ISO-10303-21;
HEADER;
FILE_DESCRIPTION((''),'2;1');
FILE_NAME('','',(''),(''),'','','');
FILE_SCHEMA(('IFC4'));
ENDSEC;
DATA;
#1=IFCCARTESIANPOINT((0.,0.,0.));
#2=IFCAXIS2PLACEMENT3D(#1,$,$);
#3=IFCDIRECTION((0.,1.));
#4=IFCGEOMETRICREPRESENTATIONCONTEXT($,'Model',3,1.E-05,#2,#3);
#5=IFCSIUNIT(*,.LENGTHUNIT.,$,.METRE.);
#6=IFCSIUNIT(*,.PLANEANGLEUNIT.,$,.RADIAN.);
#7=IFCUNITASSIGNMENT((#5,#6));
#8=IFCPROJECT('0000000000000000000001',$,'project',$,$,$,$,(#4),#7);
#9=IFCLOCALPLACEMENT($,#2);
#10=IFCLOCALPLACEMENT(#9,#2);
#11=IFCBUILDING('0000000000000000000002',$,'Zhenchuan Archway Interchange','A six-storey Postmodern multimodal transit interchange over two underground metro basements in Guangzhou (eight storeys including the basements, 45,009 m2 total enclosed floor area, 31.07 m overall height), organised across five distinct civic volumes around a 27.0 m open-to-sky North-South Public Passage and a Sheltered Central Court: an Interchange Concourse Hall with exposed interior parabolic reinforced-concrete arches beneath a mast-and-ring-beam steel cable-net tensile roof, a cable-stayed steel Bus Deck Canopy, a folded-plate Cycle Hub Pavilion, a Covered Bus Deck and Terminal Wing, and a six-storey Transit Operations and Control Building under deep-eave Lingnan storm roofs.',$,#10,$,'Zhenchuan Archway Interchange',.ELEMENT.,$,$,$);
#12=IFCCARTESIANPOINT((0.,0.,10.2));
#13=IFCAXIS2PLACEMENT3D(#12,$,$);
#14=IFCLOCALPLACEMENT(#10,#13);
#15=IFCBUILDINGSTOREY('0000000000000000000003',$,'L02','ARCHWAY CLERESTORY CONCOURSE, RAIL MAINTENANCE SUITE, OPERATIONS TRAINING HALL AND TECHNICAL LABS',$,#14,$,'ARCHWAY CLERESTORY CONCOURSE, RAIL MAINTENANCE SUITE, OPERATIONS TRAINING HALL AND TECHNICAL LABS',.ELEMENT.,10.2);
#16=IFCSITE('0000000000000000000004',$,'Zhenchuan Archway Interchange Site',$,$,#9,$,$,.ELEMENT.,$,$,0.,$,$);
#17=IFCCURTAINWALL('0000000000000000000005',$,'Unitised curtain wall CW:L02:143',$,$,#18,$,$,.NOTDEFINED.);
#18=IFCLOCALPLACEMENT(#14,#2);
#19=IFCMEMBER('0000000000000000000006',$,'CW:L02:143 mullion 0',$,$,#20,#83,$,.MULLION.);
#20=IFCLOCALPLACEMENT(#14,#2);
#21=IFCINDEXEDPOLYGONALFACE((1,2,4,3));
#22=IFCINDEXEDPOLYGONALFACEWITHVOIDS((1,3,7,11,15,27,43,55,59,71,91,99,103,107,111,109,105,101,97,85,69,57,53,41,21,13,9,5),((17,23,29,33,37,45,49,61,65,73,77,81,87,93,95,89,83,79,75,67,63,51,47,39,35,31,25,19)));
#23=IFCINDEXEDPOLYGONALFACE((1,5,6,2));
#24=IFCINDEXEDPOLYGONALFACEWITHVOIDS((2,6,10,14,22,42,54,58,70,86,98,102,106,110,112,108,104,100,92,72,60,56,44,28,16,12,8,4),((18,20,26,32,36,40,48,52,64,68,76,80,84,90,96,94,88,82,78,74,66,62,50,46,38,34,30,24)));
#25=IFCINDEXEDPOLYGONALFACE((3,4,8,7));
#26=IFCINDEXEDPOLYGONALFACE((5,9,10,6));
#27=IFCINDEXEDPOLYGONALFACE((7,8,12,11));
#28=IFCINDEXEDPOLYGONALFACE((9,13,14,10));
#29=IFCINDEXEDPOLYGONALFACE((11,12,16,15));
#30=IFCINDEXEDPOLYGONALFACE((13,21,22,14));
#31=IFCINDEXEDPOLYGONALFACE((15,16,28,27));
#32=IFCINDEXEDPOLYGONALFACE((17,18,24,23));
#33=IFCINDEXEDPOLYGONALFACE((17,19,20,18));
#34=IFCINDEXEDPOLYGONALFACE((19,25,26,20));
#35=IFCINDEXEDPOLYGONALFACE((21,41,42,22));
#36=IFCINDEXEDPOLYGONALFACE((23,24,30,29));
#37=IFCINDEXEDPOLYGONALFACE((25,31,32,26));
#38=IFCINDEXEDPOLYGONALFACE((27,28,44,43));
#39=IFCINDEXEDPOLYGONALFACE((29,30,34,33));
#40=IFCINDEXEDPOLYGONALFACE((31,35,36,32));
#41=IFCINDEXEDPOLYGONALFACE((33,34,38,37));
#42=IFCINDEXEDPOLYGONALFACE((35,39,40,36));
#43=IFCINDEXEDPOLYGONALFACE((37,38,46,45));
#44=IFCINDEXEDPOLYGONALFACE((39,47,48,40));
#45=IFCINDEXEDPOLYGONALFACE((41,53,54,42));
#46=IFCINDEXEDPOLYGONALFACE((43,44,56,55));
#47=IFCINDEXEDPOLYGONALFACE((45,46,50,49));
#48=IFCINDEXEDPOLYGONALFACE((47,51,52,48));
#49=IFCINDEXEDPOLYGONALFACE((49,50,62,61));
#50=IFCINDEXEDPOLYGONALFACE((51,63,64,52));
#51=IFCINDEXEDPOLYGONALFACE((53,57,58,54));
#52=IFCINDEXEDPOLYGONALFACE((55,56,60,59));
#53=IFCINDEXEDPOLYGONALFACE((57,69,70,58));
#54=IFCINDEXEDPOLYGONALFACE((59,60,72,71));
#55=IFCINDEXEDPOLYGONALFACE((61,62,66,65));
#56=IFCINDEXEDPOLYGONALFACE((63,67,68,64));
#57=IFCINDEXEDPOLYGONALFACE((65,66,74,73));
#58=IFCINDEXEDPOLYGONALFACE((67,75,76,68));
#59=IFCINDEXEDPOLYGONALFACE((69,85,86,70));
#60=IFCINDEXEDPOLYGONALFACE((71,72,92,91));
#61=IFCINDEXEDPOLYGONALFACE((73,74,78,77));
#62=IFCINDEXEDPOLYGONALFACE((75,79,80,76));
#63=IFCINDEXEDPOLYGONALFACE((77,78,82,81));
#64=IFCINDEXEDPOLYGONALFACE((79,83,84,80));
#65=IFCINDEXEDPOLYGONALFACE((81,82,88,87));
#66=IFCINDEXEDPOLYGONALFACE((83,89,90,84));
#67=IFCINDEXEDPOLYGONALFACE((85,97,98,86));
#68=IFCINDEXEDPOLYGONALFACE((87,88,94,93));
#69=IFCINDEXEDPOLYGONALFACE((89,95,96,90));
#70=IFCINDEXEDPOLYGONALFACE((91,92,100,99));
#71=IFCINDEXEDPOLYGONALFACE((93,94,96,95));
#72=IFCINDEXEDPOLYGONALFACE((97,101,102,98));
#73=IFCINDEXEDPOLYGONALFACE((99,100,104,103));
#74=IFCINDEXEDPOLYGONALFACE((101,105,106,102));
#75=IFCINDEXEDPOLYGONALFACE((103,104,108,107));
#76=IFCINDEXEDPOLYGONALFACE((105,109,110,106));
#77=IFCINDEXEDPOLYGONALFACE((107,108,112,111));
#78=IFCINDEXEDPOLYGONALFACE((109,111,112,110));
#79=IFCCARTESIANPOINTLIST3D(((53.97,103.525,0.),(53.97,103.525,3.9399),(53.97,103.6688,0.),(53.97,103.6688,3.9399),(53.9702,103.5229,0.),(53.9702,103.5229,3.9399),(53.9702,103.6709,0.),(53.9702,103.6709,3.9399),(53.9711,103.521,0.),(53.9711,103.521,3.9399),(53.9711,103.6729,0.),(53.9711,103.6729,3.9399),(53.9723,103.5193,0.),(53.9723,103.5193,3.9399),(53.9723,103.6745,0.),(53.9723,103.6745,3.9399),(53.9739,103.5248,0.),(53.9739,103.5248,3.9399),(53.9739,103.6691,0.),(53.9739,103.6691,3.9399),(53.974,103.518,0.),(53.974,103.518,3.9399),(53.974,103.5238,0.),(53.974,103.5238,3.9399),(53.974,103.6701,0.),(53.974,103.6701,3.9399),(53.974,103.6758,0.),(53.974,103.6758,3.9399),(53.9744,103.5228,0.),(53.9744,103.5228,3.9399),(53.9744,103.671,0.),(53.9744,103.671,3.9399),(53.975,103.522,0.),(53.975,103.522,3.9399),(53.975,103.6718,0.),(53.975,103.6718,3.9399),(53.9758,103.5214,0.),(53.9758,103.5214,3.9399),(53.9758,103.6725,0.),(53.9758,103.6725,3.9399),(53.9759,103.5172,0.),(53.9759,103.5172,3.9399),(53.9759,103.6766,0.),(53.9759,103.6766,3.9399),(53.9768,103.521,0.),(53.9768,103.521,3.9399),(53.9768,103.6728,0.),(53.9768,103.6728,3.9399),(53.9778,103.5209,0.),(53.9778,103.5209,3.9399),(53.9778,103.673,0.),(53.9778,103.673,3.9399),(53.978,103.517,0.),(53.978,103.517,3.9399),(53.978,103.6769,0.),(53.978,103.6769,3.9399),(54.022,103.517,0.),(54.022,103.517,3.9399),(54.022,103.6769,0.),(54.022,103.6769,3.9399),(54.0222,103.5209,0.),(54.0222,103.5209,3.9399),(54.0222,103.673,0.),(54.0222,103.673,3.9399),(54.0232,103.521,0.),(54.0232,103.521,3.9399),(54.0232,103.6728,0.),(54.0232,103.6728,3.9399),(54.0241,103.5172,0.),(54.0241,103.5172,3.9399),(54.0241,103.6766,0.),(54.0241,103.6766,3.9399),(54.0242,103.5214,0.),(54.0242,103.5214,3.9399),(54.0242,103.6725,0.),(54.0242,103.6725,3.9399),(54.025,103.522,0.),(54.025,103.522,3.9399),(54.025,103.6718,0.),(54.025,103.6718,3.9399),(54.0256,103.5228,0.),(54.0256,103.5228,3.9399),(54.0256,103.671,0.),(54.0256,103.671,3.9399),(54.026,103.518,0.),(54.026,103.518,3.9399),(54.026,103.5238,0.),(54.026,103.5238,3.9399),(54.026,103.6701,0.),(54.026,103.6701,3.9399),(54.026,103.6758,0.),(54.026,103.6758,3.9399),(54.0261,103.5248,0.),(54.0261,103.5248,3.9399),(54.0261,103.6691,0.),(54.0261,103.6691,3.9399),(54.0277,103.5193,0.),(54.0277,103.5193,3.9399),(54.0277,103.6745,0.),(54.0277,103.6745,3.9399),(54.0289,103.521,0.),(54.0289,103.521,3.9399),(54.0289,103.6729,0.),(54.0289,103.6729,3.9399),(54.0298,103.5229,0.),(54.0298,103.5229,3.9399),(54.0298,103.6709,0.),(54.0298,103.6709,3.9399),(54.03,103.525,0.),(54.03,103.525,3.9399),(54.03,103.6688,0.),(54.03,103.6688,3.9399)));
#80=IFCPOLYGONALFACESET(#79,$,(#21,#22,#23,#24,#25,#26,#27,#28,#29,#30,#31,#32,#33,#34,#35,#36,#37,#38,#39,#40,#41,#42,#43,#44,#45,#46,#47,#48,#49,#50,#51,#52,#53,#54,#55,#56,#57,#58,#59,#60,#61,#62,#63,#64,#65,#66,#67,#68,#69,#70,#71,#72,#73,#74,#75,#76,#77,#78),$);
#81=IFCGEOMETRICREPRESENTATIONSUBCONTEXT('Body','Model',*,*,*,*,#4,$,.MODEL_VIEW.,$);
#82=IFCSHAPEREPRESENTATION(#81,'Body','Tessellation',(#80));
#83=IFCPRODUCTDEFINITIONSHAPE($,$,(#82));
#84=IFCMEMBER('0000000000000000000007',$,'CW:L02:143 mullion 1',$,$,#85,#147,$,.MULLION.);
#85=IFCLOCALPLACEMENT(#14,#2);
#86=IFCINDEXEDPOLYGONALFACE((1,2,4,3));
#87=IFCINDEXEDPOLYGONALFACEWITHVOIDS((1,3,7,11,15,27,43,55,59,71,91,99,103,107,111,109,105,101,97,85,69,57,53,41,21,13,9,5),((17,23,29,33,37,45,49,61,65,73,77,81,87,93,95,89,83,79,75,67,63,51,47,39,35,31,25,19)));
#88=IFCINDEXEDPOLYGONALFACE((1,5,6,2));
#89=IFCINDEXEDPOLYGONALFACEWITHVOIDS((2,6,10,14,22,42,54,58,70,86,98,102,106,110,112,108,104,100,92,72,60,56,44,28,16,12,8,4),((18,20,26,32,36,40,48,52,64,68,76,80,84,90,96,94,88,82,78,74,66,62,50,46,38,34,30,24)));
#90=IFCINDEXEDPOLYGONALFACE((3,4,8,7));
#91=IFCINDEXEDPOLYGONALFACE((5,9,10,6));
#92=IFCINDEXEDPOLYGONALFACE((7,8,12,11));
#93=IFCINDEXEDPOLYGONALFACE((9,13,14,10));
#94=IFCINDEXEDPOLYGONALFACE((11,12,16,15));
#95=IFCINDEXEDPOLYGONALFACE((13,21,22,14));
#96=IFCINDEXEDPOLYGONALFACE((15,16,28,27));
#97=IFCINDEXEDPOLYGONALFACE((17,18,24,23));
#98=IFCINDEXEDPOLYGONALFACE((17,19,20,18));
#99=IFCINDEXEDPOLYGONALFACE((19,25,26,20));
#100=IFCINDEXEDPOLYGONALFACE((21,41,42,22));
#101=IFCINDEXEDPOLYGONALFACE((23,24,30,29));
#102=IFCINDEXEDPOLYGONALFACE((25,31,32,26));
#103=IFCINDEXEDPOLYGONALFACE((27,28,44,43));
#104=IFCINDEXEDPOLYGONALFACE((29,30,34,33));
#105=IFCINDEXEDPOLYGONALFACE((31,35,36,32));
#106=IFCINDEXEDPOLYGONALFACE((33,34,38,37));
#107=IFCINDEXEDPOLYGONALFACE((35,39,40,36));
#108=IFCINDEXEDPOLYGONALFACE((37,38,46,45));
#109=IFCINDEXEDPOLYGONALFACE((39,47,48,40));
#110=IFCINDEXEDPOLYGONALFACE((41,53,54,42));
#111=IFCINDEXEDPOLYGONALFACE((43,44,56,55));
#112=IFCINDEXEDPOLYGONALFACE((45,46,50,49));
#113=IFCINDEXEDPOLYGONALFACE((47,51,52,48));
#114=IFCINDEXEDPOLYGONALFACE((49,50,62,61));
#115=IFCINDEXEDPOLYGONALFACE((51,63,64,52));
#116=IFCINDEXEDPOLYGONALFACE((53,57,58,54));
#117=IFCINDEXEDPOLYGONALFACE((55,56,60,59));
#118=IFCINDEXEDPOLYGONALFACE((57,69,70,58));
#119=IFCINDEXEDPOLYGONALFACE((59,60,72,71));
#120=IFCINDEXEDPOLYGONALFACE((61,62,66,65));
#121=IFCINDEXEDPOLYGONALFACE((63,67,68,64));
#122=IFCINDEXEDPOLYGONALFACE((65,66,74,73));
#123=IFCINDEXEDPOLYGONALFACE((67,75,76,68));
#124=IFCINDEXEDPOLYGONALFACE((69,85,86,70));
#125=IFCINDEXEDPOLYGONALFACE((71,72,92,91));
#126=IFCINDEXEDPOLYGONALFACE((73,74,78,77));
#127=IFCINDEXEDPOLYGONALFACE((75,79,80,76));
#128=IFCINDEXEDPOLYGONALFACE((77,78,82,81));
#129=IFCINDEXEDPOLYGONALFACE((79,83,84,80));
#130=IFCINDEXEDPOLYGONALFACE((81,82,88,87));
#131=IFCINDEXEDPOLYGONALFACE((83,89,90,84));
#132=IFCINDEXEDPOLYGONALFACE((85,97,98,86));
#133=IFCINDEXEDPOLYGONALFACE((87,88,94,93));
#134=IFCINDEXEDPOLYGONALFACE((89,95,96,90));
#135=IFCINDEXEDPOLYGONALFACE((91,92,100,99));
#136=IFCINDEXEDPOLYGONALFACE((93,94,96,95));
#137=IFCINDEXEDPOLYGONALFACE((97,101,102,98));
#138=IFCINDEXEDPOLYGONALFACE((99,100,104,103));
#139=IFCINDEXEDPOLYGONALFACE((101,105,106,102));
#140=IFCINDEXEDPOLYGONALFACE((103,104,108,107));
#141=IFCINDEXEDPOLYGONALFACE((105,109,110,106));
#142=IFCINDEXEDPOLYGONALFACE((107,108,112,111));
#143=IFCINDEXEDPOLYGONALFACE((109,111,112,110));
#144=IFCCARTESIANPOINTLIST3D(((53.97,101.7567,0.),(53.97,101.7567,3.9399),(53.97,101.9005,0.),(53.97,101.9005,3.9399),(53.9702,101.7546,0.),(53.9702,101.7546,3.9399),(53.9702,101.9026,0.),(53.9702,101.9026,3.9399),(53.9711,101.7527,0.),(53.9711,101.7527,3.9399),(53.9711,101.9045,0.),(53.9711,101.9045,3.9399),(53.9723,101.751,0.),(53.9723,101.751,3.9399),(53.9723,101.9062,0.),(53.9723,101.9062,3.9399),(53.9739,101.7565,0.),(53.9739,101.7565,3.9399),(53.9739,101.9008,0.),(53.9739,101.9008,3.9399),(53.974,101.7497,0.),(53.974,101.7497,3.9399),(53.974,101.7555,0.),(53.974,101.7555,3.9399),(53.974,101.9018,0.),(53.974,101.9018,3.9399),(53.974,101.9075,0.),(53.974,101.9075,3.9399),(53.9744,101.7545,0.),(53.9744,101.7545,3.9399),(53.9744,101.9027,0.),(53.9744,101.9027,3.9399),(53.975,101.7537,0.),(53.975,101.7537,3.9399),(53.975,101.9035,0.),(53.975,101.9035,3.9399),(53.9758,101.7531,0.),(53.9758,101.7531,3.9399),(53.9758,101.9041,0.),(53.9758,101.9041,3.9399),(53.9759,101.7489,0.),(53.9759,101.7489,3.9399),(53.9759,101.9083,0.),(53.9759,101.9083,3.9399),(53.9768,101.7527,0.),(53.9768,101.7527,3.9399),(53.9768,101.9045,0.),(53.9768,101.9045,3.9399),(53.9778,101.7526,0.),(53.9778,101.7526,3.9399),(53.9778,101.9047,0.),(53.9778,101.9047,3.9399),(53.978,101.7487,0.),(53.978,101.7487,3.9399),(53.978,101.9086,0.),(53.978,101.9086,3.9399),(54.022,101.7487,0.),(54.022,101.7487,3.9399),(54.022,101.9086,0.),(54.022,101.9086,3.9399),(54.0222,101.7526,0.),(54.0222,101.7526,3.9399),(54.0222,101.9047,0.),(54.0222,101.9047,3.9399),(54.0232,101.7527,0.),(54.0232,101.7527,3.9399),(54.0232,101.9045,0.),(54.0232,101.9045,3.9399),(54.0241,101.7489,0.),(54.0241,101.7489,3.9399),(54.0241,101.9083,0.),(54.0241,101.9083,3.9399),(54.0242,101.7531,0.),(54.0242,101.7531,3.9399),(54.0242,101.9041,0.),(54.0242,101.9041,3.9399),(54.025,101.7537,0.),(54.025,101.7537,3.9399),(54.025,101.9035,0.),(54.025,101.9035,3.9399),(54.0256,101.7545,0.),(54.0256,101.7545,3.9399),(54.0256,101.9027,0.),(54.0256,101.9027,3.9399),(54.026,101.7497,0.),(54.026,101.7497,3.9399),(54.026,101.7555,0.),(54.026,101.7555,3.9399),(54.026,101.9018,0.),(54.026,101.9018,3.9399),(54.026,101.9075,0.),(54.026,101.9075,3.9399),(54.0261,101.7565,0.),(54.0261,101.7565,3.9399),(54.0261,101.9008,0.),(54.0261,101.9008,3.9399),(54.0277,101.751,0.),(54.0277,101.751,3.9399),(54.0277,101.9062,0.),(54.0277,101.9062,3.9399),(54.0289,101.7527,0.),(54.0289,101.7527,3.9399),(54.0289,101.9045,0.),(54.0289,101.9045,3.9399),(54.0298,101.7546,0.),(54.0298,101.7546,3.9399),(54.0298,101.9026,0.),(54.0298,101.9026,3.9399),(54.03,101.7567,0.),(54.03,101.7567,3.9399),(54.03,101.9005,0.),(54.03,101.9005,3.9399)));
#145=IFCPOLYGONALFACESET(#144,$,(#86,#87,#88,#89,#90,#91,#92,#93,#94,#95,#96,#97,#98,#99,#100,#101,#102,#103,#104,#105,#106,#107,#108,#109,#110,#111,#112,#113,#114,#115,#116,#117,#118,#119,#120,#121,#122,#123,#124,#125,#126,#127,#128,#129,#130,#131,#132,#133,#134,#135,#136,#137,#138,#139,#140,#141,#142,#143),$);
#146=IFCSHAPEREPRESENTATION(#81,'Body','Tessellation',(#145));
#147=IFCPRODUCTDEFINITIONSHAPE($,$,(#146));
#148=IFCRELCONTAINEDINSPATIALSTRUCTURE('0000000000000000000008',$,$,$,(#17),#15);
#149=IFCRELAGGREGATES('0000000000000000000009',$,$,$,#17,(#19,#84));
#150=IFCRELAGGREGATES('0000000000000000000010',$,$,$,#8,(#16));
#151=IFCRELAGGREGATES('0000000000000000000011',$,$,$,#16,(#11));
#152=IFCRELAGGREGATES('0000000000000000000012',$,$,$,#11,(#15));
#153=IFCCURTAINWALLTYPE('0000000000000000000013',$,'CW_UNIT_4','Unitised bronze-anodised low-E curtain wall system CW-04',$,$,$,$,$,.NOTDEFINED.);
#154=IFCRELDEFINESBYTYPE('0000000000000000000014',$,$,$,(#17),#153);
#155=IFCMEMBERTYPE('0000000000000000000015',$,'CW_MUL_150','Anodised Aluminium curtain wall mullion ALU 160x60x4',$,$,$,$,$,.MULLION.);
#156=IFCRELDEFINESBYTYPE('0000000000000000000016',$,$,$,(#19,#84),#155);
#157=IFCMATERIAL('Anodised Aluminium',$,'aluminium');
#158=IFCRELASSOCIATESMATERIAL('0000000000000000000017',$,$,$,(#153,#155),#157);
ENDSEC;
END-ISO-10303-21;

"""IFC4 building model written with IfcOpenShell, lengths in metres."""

from ifc_helpers import new_model, si_unit, direction, frame, origin, origin_2d, place, context, subcontext, project, spatial, hollow_rectangle, extrude, material, material_profile, profile_set, type_object, element, aggregate, save


model = new_model("IFC4")

# Units and contexts
model_context = context("Model", 3, precision=1e-05, world=origin(), true_north=direction((0.0, 1.0)))
body_context = subcontext(model_context, "Body", "Model", "MODEL_VIEW")
ifc_project = project(units=[si_unit("LENGTHUNIT", "METRE"), si_unit("PLANEANGLEUNIT", "RADIAN")], contexts=[model_context])

# Site, building, storey
site_placement = place(None, origin())
site = spatial("IfcSite", under=ifc_project, at=site_placement, Name="Zhenchuan Archway Interchange Site", CompositionType="ELEMENT", RefElevation=0.0)
building_placement = place(site_placement, origin())
building = spatial("IfcBuilding", under=site, at=building_placement, Name="Zhenchuan Archway Interchange", Description="A six-storey Postmodern multimodal transit interchange over two underground metro basements in Guangzhou (eight storeys including the basements, 45,009 m2 total enclosed floor area, 31.07 m overall height), organised across five distinct civic volumes around a 27.0 m open-to-sky North-South Public Passage and a Sheltered Central Court: an Interchange Concourse Hall with exposed interior parabolic reinforced-concrete arches beneath a mast-and-ring-beam steel cable-net tensile roof, a cable-stayed steel Bus Deck Canopy, a folded-plate Cycle Hub Pavilion, a Covered Bus Deck and Terminal Wing, and a six-storey Transit Operations and Control Building under deep-eave Lingnan storm roofs.", LongName="Zhenchuan Archway Interchange", CompositionType="ELEMENT")
storey_placement = place(building_placement, frame((0.0, 0.0, 10.2)))
storey = spatial("IfcBuildingStorey", under=building, at=storey_placement, Name="L02", Description="ARCHWAY CLERESTORY CONCOURSE, RAIL MAINTENANCE SUITE, OPERATIONS TRAINING HALL AND TECHNICAL LABS", LongName="ARCHWAY CLERESTORY CONCOURSE, RAIL MAINTENANCE SUITE, OPERATIONS TRAINING HALL AND TECHNICAL LABS", CompositionType="ELEMENT", Elevation=10.2)

# Curtain wall, members
ifc_material_1 = material(Name="Anodised Aluminium", Category="aluminium")
curtain_wall_type = type_object("IfcCurtainWallType", Name="CW_UNIT_4", Description="Unitised bronze-anodised low-E curtain wall system CW-04", PredefinedType="NOTDEFINED", material=ifc_material_1)
curtain_wall_placement = place(storey_placement, origin())
curtain_wall = element("IfcCurtainWall", 1, at=curtain_wall_placement, inside=storey, type_object=curtain_wall_type, Name="Unitised curtain wall CW:L02:143", PredefinedType="NOTDEFINED")
ifc_material_profile_1 = material_profile(ifc_material_1, hollow_rectangle(XDim=0.0601, YDim=0.1599, WallThickness=0.0039, InnerFilletRadius=0.0039, OuterFilletRadius=0.0081, at=origin_2d()), Name="ALU 160x60x4")
ifc_profile_set_1 = profile_set([ifc_material_profile_1], Name="Anodised Aluminium")
member_type_1 = type_object("IfcMemberType", Name="CW_MUL_150", Description="Anodised Aluminium curtain wall mullion ALU 160x60x4", PredefinedType="MULLION", material=ifc_profile_set_1)
member_1_placement = place(storey_placement, frame((54.0, 103.5969, 0.0), z_axis=(0.0, 0.0, 1.0), x_axis=(1.0, 0.0, 0.0)))
member_1 = element("IfcMember", 2, at=member_1_placement, type_object=member_type_1, Name="CW:L02:143 mullion 0", PredefinedType="MULLION", context=body_context, shape_type="SweptSolid", body=[
    extrude(hollow_rectangle(XDim=0.0601, YDim=0.1599, WallThickness=0.0039, InnerFilletRadius=0.0039, OuterFilletRadius=0.0081, at=origin_2d()), origin(), (0.0, 0.0, 1.0), 3.9399),
])
member_2_placement = place(storey_placement, frame((54.0, 101.8286, 0.0), z_axis=(0.0, 0.0, 1.0), x_axis=(1.0, 0.0, 0.0)))
member_2 = element("IfcMember", 3, at=member_2_placement, type_object=member_type_1, Name="CW:L02:143 mullion 1", PredefinedType="MULLION", context=body_context, shape_type="SweptSolid", body=[
    extrude(hollow_rectangle(XDim=0.0601, YDim=0.1599, WallThickness=0.0039, InnerFilletRadius=0.0039, OuterFilletRadius=0.0081, at=origin_2d()), origin(), (0.0, 0.0, 1.0), 3.9399),
])
aggregate(curtain_wall, [member_1, member_2])

save(model, "model.ifc")
